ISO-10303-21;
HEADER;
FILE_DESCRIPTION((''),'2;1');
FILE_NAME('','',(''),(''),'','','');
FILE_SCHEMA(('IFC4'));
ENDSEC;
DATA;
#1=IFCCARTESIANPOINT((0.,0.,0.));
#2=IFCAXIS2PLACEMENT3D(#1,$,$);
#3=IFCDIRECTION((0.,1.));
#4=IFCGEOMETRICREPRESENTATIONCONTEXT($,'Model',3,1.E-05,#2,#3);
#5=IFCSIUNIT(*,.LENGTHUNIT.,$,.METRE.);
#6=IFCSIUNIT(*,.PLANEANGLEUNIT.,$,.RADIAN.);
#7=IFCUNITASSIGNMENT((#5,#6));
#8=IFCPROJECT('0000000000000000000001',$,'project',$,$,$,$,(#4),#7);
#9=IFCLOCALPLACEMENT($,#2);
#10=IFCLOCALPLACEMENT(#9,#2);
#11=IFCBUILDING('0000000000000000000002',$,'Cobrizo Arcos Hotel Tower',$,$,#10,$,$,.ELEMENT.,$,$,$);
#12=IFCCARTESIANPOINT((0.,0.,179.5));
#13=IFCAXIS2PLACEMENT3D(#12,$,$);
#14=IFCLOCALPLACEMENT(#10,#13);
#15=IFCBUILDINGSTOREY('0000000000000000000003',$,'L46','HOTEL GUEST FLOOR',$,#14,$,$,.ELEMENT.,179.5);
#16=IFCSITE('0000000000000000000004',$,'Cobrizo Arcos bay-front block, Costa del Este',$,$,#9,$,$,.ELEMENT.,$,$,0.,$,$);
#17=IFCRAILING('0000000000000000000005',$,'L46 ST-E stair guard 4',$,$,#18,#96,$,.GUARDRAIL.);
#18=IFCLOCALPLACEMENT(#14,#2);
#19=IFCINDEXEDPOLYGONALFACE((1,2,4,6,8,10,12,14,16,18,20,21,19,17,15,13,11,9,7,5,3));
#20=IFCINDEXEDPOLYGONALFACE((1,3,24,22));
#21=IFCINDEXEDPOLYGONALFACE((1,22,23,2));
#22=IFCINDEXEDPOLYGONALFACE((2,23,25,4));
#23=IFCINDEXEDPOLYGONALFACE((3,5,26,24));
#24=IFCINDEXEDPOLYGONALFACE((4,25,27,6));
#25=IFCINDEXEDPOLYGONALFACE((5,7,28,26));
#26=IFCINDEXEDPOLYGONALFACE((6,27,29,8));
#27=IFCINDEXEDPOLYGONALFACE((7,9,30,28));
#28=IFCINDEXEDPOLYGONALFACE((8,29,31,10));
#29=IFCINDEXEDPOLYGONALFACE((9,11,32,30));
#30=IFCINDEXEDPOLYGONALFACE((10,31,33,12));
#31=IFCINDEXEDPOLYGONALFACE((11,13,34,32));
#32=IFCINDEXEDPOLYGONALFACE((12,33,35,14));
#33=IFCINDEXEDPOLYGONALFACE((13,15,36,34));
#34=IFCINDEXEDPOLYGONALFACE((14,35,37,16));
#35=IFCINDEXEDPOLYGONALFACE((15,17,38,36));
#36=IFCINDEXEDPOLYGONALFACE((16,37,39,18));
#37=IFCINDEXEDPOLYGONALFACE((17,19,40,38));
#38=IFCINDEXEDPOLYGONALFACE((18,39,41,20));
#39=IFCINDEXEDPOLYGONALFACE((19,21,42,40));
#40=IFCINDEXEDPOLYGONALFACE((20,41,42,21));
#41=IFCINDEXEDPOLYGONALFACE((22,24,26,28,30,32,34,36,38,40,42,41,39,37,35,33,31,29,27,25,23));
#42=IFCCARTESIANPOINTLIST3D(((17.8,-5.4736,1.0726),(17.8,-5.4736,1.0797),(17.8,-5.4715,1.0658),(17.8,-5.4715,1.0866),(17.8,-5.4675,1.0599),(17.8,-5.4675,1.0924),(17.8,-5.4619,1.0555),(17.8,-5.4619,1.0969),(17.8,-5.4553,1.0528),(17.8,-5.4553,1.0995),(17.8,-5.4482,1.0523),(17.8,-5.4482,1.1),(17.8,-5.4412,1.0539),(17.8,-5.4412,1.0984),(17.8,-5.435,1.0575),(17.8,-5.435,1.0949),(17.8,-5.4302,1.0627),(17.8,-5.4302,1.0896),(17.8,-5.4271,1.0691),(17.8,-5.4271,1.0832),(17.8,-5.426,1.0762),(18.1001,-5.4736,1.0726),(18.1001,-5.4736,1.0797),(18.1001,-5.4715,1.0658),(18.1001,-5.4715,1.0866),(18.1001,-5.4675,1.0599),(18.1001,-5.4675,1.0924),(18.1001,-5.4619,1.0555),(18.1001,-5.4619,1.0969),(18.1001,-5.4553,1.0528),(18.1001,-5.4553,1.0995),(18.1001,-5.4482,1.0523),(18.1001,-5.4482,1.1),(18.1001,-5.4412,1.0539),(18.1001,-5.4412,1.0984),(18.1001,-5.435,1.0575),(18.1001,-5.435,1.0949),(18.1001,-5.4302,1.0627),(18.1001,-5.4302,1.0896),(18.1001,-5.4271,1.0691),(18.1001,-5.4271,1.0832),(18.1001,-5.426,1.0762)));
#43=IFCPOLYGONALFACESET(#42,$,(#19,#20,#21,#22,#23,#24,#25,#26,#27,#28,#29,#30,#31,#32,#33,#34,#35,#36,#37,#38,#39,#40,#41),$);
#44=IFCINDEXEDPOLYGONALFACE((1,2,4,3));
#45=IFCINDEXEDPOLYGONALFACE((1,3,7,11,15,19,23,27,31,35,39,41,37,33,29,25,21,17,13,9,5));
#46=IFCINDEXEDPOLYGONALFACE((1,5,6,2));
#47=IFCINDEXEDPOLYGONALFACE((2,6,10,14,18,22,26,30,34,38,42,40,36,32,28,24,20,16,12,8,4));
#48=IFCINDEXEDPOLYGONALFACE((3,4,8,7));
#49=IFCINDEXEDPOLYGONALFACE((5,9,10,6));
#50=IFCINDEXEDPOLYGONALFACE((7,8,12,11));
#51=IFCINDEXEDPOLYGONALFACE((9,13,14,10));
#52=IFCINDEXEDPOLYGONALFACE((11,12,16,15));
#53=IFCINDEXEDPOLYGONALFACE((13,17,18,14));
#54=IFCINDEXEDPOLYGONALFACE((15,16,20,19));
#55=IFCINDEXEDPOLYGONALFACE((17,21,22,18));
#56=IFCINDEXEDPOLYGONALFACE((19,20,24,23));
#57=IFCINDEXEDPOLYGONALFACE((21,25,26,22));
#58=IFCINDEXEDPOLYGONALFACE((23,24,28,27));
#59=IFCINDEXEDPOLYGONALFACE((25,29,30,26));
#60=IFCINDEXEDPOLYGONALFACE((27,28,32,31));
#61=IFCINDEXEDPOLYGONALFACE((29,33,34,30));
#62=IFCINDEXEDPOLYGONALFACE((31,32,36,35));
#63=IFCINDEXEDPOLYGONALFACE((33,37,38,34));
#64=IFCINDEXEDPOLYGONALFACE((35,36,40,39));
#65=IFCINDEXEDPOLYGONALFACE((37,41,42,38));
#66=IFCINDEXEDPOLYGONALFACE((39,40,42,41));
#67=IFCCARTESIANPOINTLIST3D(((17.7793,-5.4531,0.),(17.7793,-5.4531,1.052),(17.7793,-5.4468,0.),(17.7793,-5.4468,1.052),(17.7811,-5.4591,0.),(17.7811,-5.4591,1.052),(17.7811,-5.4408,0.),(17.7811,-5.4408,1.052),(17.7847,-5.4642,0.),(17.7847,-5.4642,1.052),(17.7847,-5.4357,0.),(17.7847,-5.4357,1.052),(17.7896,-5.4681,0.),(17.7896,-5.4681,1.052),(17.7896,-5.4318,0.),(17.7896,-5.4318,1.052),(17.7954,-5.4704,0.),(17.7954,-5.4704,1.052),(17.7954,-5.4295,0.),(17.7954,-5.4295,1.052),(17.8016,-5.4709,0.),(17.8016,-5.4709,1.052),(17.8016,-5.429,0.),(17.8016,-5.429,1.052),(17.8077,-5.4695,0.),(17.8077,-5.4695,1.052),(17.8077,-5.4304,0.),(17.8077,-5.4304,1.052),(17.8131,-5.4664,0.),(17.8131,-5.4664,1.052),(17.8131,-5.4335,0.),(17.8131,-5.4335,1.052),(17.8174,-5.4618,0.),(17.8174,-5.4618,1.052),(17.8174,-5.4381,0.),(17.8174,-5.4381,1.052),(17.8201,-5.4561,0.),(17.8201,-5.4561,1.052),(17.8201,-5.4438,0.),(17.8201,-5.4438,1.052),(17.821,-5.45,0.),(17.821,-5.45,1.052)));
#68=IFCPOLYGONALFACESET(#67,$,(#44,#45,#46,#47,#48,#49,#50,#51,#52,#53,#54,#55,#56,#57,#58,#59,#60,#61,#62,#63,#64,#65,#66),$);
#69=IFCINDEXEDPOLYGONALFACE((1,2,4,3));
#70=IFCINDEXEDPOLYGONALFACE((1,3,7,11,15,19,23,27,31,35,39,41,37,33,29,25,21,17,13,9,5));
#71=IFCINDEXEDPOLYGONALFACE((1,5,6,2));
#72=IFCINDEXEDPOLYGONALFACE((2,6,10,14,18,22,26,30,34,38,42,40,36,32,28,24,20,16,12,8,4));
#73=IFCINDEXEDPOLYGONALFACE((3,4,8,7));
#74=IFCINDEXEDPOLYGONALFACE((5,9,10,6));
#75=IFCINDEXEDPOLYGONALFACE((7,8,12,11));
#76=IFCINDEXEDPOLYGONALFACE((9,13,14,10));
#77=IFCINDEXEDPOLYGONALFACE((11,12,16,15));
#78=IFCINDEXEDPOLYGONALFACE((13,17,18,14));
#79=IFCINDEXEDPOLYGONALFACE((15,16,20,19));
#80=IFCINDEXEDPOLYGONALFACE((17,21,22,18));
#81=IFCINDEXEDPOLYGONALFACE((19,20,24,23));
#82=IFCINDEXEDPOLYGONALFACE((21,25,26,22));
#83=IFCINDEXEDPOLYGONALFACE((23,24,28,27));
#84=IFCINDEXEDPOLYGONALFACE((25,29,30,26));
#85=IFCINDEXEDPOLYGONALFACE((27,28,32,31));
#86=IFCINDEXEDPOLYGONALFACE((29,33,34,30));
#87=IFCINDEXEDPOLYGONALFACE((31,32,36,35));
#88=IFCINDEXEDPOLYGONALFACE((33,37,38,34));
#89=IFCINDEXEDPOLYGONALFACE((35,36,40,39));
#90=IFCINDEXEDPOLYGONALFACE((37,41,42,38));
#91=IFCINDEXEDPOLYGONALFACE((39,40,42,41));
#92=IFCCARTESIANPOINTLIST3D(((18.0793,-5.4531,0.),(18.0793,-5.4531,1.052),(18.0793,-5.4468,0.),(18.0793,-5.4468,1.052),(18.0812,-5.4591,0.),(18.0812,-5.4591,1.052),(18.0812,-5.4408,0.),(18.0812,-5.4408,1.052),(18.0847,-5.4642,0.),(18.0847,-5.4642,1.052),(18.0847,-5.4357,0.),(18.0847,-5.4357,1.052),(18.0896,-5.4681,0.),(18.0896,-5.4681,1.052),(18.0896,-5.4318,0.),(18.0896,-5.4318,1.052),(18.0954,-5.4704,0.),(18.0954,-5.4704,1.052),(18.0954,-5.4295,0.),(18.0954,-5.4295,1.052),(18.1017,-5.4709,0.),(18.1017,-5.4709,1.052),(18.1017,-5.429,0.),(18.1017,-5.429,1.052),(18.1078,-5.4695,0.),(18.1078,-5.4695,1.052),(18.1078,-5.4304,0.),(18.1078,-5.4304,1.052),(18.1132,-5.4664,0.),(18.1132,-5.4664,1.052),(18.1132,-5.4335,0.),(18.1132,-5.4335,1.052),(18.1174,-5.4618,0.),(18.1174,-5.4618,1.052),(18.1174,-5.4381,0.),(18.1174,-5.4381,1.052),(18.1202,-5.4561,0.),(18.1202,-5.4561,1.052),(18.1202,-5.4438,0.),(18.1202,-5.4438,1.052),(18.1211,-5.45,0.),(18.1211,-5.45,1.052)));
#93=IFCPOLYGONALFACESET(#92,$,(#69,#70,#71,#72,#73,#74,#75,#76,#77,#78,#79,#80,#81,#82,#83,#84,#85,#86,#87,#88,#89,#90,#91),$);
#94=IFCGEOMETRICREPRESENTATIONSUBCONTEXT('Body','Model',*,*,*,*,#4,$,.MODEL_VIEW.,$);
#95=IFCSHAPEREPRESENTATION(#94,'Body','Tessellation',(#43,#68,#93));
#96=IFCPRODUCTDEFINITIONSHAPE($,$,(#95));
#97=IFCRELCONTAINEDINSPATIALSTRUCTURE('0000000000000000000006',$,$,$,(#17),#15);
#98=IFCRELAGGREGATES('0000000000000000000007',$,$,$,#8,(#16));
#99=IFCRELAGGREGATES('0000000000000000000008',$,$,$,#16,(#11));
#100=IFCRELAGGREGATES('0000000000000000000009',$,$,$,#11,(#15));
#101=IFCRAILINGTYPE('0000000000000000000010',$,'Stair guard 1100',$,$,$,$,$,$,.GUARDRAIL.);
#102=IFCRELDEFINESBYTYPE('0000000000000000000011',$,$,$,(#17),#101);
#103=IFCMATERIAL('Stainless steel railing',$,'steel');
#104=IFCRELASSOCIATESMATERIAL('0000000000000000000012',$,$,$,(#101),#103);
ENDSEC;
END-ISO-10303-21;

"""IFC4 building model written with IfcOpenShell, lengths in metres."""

from ifc_helpers import new_model, si_unit, direction, frame, origin, origin_2d, place, context, subcontext, project, spatial, circle, extrude, material, type_object, element, save


model = new_model("IFC4")

# Units and contexts
model_context = context("Model", 3, precision=1e-05, world=origin(), true_north=direction((0.0, 1.0)))
body_context = subcontext(model_context, "Body", "Model", "MODEL_VIEW")
ifc_project = project(units=[si_unit("LENGTHUNIT", "METRE"), si_unit("PLANEANGLEUNIT", "RADIAN")], contexts=[model_context])

# Site, building, storey
site_placement = place(None, origin())
site = spatial("IfcSite", under=ifc_project, at=site_placement, Name="Cobrizo Arcos bay-front block, Costa del Este", CompositionType="ELEMENT", RefElevation=0.0)
building_placement = place(site_placement, origin())
building = spatial("IfcBuilding", under=site, at=building_placement, Name="Cobrizo Arcos Hotel Tower", CompositionType="ELEMENT")
storey_placement = place(building_placement, frame((0.0, 0.0, 179.5)))
storey = spatial("IfcBuildingStorey", under=building, at=storey_placement, Name="L46", Description="HOTEL GUEST FLOOR", CompositionType="ELEMENT", Elevation=179.5)

# Railing
ifc_material_1 = material(Name="Stainless steel railing", Category="steel")
railing_type_1 = type_object("IfcRailingType", Name="Stair guard 1100", PredefinedType="GUARDRAIL", material=ifc_material_1)
railing_1_placement = place(storey_placement, frame((17.8, -5.45, 0.0)))
element("IfcRailing", 1, at=railing_1_placement, inside=storey, type_object=railing_type_1, Name="L46 ST-E stair guard 4", PredefinedType="GUARDRAIL", context=body_context, shape_type="SweptSolid", body=[
    extrude(circle(Radius=0.0239, at=origin_2d()), frame((0.0, 0.0, 1.0762), z_axis=(1.0, 0.0, 0.0), x_axis=(0.0, 1.0, 0.0)), (0.0, 0.0, 1.0), 0.3),
    extrude(circle(Radius=0.021, at=origin_2d()), origin(), (0.0, 0.0, 1.0), 1.052),
    extrude(circle(Radius=0.021, at=origin_2d()), frame((0.3, 0.0, 0.0)), (0.0, 0.0, 1.0), 1.052),
])

save(model, "model.ifc")
